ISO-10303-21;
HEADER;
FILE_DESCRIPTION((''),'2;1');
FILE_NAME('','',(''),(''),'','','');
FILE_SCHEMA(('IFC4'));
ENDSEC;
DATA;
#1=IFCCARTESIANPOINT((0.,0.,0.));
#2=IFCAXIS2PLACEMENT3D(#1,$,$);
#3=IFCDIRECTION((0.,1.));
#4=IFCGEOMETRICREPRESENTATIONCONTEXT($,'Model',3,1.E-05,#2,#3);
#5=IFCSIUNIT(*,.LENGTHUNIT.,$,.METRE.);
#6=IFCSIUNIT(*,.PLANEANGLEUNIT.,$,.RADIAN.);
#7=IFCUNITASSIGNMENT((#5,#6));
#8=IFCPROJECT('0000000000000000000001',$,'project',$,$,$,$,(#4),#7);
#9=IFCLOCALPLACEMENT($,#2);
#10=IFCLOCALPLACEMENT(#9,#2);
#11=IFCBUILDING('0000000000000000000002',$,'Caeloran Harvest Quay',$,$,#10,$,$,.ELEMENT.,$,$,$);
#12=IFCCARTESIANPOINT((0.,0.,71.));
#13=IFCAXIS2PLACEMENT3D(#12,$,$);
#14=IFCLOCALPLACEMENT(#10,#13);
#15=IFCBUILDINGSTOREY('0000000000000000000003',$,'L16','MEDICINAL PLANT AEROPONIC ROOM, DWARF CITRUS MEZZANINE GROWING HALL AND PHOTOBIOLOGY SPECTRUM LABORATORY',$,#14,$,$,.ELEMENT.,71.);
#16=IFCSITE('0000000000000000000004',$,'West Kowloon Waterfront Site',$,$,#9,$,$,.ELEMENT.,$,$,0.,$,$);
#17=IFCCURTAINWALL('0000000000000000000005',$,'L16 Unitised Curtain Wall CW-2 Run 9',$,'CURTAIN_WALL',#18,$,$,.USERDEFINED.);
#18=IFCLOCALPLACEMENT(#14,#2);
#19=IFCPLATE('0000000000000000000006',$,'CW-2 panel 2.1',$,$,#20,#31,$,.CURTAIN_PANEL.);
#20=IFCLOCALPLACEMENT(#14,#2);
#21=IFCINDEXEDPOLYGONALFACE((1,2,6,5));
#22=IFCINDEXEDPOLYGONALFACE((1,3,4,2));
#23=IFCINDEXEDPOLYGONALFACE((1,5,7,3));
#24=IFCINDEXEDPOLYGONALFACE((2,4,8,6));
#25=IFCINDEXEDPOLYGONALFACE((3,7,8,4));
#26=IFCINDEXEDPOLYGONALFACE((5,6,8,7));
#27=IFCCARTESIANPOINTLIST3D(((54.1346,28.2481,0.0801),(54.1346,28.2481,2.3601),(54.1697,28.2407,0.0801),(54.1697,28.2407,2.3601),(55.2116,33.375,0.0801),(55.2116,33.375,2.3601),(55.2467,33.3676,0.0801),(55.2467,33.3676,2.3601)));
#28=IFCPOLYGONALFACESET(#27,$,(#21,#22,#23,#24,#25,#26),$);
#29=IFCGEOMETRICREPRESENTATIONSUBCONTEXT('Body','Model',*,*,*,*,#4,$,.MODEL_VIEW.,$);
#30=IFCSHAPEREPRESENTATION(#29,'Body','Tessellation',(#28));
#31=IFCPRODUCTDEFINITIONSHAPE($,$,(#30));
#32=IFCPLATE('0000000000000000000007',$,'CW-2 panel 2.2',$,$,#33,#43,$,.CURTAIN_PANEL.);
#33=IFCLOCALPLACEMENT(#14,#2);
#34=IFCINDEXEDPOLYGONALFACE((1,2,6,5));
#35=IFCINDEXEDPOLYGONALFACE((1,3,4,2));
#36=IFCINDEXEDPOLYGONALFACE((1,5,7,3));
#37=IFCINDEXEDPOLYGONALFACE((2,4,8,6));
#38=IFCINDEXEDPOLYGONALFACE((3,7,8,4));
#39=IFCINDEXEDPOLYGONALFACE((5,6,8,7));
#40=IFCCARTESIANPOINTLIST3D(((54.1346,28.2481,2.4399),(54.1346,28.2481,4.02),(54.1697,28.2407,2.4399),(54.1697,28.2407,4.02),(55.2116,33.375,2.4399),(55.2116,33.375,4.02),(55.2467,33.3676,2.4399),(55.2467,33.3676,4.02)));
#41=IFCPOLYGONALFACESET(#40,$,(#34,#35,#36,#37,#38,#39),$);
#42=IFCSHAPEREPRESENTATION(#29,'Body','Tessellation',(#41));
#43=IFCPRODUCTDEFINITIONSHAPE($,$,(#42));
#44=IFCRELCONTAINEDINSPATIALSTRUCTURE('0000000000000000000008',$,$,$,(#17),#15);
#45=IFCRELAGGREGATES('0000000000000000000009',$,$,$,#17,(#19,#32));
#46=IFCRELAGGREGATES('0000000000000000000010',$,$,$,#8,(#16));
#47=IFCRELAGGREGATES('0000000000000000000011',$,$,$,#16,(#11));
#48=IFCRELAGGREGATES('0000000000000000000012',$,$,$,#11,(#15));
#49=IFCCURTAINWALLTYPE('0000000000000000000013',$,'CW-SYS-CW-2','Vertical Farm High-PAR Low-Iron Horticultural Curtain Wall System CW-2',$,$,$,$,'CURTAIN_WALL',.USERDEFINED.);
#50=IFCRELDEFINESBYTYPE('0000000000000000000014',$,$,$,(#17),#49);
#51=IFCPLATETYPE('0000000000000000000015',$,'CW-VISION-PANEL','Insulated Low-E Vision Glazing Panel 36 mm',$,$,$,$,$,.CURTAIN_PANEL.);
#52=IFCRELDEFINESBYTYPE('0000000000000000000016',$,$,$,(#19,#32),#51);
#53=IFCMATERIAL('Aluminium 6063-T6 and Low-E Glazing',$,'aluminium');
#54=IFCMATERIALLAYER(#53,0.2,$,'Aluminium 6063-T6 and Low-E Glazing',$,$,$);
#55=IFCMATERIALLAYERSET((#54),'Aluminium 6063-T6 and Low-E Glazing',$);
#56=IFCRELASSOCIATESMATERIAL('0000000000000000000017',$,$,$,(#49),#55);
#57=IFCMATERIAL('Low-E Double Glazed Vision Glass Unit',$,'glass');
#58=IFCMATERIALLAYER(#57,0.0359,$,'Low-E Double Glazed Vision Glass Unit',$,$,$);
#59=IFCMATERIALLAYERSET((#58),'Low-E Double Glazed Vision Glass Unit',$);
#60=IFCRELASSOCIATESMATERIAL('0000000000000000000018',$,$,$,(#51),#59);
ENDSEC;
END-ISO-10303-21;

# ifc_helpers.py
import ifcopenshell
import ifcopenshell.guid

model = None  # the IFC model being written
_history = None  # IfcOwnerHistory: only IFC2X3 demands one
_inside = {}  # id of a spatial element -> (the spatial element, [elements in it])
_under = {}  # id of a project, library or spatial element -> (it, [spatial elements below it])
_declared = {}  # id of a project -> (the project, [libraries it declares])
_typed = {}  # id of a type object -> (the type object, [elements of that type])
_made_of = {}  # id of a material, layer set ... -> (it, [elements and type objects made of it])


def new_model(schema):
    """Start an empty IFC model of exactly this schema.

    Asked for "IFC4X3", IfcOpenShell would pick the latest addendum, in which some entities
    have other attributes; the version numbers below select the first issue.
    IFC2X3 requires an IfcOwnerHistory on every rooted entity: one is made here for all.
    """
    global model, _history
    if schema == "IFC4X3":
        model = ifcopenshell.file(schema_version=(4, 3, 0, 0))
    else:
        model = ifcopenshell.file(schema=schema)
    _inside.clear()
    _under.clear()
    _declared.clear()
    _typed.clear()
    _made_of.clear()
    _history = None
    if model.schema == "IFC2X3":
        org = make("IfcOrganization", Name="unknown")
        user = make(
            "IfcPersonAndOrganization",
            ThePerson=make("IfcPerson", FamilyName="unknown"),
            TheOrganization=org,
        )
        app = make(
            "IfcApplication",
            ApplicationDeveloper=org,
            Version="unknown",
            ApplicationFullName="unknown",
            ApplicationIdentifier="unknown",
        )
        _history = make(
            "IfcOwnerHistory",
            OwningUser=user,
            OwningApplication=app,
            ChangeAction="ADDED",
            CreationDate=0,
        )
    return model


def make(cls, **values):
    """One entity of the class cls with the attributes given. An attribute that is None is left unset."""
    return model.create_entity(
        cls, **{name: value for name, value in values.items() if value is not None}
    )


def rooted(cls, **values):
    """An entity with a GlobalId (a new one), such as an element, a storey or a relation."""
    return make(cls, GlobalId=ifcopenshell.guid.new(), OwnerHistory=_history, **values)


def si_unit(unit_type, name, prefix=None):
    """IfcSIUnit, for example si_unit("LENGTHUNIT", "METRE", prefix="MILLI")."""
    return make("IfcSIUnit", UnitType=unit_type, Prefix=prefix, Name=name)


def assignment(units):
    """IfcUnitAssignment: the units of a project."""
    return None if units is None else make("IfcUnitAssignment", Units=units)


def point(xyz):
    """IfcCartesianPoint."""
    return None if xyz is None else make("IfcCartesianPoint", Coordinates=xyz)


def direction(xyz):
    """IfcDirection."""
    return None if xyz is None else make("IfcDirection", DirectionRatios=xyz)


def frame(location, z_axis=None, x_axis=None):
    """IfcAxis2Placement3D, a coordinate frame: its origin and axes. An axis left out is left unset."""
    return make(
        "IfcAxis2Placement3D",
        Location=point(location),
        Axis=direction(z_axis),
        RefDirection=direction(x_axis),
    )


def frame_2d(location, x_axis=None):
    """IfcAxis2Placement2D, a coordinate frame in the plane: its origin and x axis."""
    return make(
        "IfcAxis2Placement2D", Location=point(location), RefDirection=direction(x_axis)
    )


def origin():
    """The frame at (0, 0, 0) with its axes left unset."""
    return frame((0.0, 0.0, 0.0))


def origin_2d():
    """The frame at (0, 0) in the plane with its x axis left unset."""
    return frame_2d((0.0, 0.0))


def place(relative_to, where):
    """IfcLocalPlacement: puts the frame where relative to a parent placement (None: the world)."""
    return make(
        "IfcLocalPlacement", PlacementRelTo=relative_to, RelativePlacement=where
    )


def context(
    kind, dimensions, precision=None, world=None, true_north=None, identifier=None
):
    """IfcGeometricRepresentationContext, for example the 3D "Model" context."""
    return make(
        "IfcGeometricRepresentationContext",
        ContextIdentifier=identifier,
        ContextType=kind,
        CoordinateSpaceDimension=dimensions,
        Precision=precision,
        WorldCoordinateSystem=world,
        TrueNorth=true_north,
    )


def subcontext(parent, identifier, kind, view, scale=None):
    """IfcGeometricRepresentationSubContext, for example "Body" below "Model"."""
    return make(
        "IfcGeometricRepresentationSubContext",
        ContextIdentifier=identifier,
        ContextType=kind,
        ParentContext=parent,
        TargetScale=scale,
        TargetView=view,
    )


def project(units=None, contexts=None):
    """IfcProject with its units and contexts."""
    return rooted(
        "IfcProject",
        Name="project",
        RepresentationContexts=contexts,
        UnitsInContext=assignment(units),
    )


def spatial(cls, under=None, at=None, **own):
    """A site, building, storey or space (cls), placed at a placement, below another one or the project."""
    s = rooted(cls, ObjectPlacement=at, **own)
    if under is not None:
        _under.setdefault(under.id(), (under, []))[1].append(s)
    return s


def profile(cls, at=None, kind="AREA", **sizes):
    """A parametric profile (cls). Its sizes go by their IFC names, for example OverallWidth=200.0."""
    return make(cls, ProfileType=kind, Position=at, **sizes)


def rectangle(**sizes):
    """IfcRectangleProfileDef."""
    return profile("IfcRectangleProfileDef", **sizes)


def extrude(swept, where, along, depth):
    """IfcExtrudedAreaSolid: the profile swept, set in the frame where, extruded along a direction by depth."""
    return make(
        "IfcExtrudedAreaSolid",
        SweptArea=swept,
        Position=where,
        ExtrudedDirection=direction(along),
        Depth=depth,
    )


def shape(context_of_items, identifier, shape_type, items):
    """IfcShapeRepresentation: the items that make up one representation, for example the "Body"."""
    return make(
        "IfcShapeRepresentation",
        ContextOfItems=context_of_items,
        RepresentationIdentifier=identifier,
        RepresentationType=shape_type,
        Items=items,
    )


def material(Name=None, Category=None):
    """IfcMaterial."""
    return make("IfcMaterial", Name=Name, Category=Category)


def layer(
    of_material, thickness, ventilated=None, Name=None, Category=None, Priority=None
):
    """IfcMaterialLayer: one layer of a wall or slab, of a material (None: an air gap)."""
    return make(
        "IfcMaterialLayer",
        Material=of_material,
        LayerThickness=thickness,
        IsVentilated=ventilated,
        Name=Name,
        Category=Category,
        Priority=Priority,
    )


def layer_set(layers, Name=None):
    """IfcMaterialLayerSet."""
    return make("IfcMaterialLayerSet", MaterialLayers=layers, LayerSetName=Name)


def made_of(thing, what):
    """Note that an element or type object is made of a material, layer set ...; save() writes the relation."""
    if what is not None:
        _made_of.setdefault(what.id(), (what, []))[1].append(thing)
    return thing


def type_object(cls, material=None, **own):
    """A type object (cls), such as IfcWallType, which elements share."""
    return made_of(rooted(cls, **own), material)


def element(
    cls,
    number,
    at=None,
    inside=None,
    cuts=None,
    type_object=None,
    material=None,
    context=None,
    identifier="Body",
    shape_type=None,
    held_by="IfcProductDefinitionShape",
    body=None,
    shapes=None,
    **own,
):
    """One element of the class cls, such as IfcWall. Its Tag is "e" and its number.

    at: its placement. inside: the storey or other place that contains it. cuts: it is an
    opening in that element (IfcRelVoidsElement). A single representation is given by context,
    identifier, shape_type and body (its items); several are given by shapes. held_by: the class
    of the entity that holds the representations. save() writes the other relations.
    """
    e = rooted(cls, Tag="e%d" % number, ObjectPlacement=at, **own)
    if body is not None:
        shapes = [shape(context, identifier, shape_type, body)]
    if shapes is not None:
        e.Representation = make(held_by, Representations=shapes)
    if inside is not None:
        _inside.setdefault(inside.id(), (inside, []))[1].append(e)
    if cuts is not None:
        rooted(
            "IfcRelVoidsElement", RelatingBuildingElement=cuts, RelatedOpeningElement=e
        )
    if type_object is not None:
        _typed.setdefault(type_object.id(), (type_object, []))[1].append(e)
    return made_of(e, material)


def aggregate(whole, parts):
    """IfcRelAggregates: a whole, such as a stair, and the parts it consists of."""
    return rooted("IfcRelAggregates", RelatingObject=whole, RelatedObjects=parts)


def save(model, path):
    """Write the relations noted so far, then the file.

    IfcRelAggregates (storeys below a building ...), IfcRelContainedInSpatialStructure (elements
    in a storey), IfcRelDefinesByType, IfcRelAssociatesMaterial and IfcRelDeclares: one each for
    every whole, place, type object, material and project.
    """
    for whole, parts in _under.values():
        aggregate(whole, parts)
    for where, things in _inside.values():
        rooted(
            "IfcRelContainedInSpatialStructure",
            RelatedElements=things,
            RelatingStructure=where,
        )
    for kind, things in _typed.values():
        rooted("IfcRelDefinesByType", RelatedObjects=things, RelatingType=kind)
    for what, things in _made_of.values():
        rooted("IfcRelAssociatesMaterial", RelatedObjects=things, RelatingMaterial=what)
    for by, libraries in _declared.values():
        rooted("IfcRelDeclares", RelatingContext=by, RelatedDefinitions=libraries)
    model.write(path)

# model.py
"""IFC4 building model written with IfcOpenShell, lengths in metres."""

from ifc_helpers import new_model, si_unit, direction, frame, origin, origin_2d, place, context, subcontext, project, spatial, rectangle, extrude, material, layer, layer_set, type_object, element, aggregate, save


model = new_model("IFC4")

# Units and contexts
model_context = context("Model", 3, precision=1e-05, world=origin(), true_north=direction((0.0, 1.0)))
body_context = subcontext(model_context, "Body", "Model", "MODEL_VIEW")
ifc_project = project(units=[si_unit("LENGTHUNIT", "METRE"), si_unit("PLANEANGLEUNIT", "RADIAN")], contexts=[model_context])

# Site, building, storey
site_placement = place(None, origin())
site = spatial("IfcSite", under=ifc_project, at=site_placement, Name="West Kowloon Waterfront Site", CompositionType="ELEMENT", RefElevation=0.0)
building_placement = place(site_placement, origin())
building = spatial("IfcBuilding", under=site, at=building_placement, Name="Caeloran Harvest Quay", CompositionType="ELEMENT")
storey_placement = place(building_placement, frame((0.0, 0.0, 71.0)))
storey = spatial("IfcBuildingStorey", under=building, at=storey_placement, Name="L16", Description="MEDICINAL PLANT AEROPONIC ROOM, DWARF CITRUS MEZZANINE GROWING HALL AND PHOTOBIOLOGY SPECTRUM LABORATORY", CompositionType="ELEMENT", Elevation=71.0)

# Curtain wall, plates
ifc_material_1 = material(Name="Aluminium 6063-T6 and Low-E Glazing", Category="aluminium")
ifc_layer_1 = layer(ifc_material_1, 0.2, Name="Aluminium 6063-T6 and Low-E Glazing")
ifc_layer_set_1 = layer_set([ifc_layer_1], Name="Aluminium 6063-T6 and Low-E Glazing")
curtain_wall_type = type_object("IfcCurtainWallType", Name="CW-SYS-CW-2", Description="Vertical Farm High-PAR Low-Iron Horticultural Curtain Wall System CW-2", ElementType="CURTAIN_WALL", PredefinedType="USERDEFINED", material=ifc_layer_set_1)
curtain_wall_placement = place(storey_placement, origin())
curtain_wall = element("IfcCurtainWall", 1, at=curtain_wall_placement, inside=storey, type_object=curtain_wall_type, Name="L16 Unitised Curtain Wall CW-2 Run 9", ObjectType="CURTAIN_WALL", PredefinedType="USERDEFINED")
ifc_material_2 = material(Name="Low-E Double Glazed Vision Glass Unit", Category="glass")
ifc_layer_2 = layer(ifc_material_2, 0.0359, Name="Low-E Double Glazed Vision Glass Unit")
ifc_layer_set_2 = layer_set([ifc_layer_2], Name="Low-E Double Glazed Vision Glass Unit")
plate_type = type_object("IfcPlateType", Name="CW-VISION-PANEL", Description="Insulated Low-E Vision Glazing Panel 36 mm", PredefinedType="CURTAIN_PANEL", material=ifc_layer_set_2)
plate_1_placement = place(storey_placement, frame((54.6907, 30.8079, 0.0801), z_axis=(0.0, 0.0, 1.0), x_axis=(-0.205583, -0.97864, 0.0)))
plate_1 = element("IfcPlate", 2, at=plate_1_placement, type_object=plate_type, Name="CW-2 panel 2.1", PredefinedType="CURTAIN_PANEL", context=body_context, shape_type="SweptSolid", body=[
    extrude(rectangle(XDim=5.2388, YDim=0.0359, at=origin_2d()), origin(), (0.0, 0.0, 1.0), 2.28),
])
plate_2_placement = place(storey_placement, frame((54.6907, 30.8079, 2.4399), z_axis=(0.0, 0.0, 1.0), x_axis=(-0.205583, -0.97864, 0.0)))
plate_2 = element("IfcPlate", 3, at=plate_2_placement, type_object=plate_type, Name="CW-2 panel 2.2", PredefinedType="CURTAIN_PANEL", context=body_context, shape_type="SweptSolid", body=[
    extrude(rectangle(XDim=5.2388, YDim=0.0359, at=origin_2d()), origin(), (0.0, 0.0, 1.0), 1.5801),
])
aggregate(curtain_wall, [plate_1, plate_2])

save(model, "model.ifc")
